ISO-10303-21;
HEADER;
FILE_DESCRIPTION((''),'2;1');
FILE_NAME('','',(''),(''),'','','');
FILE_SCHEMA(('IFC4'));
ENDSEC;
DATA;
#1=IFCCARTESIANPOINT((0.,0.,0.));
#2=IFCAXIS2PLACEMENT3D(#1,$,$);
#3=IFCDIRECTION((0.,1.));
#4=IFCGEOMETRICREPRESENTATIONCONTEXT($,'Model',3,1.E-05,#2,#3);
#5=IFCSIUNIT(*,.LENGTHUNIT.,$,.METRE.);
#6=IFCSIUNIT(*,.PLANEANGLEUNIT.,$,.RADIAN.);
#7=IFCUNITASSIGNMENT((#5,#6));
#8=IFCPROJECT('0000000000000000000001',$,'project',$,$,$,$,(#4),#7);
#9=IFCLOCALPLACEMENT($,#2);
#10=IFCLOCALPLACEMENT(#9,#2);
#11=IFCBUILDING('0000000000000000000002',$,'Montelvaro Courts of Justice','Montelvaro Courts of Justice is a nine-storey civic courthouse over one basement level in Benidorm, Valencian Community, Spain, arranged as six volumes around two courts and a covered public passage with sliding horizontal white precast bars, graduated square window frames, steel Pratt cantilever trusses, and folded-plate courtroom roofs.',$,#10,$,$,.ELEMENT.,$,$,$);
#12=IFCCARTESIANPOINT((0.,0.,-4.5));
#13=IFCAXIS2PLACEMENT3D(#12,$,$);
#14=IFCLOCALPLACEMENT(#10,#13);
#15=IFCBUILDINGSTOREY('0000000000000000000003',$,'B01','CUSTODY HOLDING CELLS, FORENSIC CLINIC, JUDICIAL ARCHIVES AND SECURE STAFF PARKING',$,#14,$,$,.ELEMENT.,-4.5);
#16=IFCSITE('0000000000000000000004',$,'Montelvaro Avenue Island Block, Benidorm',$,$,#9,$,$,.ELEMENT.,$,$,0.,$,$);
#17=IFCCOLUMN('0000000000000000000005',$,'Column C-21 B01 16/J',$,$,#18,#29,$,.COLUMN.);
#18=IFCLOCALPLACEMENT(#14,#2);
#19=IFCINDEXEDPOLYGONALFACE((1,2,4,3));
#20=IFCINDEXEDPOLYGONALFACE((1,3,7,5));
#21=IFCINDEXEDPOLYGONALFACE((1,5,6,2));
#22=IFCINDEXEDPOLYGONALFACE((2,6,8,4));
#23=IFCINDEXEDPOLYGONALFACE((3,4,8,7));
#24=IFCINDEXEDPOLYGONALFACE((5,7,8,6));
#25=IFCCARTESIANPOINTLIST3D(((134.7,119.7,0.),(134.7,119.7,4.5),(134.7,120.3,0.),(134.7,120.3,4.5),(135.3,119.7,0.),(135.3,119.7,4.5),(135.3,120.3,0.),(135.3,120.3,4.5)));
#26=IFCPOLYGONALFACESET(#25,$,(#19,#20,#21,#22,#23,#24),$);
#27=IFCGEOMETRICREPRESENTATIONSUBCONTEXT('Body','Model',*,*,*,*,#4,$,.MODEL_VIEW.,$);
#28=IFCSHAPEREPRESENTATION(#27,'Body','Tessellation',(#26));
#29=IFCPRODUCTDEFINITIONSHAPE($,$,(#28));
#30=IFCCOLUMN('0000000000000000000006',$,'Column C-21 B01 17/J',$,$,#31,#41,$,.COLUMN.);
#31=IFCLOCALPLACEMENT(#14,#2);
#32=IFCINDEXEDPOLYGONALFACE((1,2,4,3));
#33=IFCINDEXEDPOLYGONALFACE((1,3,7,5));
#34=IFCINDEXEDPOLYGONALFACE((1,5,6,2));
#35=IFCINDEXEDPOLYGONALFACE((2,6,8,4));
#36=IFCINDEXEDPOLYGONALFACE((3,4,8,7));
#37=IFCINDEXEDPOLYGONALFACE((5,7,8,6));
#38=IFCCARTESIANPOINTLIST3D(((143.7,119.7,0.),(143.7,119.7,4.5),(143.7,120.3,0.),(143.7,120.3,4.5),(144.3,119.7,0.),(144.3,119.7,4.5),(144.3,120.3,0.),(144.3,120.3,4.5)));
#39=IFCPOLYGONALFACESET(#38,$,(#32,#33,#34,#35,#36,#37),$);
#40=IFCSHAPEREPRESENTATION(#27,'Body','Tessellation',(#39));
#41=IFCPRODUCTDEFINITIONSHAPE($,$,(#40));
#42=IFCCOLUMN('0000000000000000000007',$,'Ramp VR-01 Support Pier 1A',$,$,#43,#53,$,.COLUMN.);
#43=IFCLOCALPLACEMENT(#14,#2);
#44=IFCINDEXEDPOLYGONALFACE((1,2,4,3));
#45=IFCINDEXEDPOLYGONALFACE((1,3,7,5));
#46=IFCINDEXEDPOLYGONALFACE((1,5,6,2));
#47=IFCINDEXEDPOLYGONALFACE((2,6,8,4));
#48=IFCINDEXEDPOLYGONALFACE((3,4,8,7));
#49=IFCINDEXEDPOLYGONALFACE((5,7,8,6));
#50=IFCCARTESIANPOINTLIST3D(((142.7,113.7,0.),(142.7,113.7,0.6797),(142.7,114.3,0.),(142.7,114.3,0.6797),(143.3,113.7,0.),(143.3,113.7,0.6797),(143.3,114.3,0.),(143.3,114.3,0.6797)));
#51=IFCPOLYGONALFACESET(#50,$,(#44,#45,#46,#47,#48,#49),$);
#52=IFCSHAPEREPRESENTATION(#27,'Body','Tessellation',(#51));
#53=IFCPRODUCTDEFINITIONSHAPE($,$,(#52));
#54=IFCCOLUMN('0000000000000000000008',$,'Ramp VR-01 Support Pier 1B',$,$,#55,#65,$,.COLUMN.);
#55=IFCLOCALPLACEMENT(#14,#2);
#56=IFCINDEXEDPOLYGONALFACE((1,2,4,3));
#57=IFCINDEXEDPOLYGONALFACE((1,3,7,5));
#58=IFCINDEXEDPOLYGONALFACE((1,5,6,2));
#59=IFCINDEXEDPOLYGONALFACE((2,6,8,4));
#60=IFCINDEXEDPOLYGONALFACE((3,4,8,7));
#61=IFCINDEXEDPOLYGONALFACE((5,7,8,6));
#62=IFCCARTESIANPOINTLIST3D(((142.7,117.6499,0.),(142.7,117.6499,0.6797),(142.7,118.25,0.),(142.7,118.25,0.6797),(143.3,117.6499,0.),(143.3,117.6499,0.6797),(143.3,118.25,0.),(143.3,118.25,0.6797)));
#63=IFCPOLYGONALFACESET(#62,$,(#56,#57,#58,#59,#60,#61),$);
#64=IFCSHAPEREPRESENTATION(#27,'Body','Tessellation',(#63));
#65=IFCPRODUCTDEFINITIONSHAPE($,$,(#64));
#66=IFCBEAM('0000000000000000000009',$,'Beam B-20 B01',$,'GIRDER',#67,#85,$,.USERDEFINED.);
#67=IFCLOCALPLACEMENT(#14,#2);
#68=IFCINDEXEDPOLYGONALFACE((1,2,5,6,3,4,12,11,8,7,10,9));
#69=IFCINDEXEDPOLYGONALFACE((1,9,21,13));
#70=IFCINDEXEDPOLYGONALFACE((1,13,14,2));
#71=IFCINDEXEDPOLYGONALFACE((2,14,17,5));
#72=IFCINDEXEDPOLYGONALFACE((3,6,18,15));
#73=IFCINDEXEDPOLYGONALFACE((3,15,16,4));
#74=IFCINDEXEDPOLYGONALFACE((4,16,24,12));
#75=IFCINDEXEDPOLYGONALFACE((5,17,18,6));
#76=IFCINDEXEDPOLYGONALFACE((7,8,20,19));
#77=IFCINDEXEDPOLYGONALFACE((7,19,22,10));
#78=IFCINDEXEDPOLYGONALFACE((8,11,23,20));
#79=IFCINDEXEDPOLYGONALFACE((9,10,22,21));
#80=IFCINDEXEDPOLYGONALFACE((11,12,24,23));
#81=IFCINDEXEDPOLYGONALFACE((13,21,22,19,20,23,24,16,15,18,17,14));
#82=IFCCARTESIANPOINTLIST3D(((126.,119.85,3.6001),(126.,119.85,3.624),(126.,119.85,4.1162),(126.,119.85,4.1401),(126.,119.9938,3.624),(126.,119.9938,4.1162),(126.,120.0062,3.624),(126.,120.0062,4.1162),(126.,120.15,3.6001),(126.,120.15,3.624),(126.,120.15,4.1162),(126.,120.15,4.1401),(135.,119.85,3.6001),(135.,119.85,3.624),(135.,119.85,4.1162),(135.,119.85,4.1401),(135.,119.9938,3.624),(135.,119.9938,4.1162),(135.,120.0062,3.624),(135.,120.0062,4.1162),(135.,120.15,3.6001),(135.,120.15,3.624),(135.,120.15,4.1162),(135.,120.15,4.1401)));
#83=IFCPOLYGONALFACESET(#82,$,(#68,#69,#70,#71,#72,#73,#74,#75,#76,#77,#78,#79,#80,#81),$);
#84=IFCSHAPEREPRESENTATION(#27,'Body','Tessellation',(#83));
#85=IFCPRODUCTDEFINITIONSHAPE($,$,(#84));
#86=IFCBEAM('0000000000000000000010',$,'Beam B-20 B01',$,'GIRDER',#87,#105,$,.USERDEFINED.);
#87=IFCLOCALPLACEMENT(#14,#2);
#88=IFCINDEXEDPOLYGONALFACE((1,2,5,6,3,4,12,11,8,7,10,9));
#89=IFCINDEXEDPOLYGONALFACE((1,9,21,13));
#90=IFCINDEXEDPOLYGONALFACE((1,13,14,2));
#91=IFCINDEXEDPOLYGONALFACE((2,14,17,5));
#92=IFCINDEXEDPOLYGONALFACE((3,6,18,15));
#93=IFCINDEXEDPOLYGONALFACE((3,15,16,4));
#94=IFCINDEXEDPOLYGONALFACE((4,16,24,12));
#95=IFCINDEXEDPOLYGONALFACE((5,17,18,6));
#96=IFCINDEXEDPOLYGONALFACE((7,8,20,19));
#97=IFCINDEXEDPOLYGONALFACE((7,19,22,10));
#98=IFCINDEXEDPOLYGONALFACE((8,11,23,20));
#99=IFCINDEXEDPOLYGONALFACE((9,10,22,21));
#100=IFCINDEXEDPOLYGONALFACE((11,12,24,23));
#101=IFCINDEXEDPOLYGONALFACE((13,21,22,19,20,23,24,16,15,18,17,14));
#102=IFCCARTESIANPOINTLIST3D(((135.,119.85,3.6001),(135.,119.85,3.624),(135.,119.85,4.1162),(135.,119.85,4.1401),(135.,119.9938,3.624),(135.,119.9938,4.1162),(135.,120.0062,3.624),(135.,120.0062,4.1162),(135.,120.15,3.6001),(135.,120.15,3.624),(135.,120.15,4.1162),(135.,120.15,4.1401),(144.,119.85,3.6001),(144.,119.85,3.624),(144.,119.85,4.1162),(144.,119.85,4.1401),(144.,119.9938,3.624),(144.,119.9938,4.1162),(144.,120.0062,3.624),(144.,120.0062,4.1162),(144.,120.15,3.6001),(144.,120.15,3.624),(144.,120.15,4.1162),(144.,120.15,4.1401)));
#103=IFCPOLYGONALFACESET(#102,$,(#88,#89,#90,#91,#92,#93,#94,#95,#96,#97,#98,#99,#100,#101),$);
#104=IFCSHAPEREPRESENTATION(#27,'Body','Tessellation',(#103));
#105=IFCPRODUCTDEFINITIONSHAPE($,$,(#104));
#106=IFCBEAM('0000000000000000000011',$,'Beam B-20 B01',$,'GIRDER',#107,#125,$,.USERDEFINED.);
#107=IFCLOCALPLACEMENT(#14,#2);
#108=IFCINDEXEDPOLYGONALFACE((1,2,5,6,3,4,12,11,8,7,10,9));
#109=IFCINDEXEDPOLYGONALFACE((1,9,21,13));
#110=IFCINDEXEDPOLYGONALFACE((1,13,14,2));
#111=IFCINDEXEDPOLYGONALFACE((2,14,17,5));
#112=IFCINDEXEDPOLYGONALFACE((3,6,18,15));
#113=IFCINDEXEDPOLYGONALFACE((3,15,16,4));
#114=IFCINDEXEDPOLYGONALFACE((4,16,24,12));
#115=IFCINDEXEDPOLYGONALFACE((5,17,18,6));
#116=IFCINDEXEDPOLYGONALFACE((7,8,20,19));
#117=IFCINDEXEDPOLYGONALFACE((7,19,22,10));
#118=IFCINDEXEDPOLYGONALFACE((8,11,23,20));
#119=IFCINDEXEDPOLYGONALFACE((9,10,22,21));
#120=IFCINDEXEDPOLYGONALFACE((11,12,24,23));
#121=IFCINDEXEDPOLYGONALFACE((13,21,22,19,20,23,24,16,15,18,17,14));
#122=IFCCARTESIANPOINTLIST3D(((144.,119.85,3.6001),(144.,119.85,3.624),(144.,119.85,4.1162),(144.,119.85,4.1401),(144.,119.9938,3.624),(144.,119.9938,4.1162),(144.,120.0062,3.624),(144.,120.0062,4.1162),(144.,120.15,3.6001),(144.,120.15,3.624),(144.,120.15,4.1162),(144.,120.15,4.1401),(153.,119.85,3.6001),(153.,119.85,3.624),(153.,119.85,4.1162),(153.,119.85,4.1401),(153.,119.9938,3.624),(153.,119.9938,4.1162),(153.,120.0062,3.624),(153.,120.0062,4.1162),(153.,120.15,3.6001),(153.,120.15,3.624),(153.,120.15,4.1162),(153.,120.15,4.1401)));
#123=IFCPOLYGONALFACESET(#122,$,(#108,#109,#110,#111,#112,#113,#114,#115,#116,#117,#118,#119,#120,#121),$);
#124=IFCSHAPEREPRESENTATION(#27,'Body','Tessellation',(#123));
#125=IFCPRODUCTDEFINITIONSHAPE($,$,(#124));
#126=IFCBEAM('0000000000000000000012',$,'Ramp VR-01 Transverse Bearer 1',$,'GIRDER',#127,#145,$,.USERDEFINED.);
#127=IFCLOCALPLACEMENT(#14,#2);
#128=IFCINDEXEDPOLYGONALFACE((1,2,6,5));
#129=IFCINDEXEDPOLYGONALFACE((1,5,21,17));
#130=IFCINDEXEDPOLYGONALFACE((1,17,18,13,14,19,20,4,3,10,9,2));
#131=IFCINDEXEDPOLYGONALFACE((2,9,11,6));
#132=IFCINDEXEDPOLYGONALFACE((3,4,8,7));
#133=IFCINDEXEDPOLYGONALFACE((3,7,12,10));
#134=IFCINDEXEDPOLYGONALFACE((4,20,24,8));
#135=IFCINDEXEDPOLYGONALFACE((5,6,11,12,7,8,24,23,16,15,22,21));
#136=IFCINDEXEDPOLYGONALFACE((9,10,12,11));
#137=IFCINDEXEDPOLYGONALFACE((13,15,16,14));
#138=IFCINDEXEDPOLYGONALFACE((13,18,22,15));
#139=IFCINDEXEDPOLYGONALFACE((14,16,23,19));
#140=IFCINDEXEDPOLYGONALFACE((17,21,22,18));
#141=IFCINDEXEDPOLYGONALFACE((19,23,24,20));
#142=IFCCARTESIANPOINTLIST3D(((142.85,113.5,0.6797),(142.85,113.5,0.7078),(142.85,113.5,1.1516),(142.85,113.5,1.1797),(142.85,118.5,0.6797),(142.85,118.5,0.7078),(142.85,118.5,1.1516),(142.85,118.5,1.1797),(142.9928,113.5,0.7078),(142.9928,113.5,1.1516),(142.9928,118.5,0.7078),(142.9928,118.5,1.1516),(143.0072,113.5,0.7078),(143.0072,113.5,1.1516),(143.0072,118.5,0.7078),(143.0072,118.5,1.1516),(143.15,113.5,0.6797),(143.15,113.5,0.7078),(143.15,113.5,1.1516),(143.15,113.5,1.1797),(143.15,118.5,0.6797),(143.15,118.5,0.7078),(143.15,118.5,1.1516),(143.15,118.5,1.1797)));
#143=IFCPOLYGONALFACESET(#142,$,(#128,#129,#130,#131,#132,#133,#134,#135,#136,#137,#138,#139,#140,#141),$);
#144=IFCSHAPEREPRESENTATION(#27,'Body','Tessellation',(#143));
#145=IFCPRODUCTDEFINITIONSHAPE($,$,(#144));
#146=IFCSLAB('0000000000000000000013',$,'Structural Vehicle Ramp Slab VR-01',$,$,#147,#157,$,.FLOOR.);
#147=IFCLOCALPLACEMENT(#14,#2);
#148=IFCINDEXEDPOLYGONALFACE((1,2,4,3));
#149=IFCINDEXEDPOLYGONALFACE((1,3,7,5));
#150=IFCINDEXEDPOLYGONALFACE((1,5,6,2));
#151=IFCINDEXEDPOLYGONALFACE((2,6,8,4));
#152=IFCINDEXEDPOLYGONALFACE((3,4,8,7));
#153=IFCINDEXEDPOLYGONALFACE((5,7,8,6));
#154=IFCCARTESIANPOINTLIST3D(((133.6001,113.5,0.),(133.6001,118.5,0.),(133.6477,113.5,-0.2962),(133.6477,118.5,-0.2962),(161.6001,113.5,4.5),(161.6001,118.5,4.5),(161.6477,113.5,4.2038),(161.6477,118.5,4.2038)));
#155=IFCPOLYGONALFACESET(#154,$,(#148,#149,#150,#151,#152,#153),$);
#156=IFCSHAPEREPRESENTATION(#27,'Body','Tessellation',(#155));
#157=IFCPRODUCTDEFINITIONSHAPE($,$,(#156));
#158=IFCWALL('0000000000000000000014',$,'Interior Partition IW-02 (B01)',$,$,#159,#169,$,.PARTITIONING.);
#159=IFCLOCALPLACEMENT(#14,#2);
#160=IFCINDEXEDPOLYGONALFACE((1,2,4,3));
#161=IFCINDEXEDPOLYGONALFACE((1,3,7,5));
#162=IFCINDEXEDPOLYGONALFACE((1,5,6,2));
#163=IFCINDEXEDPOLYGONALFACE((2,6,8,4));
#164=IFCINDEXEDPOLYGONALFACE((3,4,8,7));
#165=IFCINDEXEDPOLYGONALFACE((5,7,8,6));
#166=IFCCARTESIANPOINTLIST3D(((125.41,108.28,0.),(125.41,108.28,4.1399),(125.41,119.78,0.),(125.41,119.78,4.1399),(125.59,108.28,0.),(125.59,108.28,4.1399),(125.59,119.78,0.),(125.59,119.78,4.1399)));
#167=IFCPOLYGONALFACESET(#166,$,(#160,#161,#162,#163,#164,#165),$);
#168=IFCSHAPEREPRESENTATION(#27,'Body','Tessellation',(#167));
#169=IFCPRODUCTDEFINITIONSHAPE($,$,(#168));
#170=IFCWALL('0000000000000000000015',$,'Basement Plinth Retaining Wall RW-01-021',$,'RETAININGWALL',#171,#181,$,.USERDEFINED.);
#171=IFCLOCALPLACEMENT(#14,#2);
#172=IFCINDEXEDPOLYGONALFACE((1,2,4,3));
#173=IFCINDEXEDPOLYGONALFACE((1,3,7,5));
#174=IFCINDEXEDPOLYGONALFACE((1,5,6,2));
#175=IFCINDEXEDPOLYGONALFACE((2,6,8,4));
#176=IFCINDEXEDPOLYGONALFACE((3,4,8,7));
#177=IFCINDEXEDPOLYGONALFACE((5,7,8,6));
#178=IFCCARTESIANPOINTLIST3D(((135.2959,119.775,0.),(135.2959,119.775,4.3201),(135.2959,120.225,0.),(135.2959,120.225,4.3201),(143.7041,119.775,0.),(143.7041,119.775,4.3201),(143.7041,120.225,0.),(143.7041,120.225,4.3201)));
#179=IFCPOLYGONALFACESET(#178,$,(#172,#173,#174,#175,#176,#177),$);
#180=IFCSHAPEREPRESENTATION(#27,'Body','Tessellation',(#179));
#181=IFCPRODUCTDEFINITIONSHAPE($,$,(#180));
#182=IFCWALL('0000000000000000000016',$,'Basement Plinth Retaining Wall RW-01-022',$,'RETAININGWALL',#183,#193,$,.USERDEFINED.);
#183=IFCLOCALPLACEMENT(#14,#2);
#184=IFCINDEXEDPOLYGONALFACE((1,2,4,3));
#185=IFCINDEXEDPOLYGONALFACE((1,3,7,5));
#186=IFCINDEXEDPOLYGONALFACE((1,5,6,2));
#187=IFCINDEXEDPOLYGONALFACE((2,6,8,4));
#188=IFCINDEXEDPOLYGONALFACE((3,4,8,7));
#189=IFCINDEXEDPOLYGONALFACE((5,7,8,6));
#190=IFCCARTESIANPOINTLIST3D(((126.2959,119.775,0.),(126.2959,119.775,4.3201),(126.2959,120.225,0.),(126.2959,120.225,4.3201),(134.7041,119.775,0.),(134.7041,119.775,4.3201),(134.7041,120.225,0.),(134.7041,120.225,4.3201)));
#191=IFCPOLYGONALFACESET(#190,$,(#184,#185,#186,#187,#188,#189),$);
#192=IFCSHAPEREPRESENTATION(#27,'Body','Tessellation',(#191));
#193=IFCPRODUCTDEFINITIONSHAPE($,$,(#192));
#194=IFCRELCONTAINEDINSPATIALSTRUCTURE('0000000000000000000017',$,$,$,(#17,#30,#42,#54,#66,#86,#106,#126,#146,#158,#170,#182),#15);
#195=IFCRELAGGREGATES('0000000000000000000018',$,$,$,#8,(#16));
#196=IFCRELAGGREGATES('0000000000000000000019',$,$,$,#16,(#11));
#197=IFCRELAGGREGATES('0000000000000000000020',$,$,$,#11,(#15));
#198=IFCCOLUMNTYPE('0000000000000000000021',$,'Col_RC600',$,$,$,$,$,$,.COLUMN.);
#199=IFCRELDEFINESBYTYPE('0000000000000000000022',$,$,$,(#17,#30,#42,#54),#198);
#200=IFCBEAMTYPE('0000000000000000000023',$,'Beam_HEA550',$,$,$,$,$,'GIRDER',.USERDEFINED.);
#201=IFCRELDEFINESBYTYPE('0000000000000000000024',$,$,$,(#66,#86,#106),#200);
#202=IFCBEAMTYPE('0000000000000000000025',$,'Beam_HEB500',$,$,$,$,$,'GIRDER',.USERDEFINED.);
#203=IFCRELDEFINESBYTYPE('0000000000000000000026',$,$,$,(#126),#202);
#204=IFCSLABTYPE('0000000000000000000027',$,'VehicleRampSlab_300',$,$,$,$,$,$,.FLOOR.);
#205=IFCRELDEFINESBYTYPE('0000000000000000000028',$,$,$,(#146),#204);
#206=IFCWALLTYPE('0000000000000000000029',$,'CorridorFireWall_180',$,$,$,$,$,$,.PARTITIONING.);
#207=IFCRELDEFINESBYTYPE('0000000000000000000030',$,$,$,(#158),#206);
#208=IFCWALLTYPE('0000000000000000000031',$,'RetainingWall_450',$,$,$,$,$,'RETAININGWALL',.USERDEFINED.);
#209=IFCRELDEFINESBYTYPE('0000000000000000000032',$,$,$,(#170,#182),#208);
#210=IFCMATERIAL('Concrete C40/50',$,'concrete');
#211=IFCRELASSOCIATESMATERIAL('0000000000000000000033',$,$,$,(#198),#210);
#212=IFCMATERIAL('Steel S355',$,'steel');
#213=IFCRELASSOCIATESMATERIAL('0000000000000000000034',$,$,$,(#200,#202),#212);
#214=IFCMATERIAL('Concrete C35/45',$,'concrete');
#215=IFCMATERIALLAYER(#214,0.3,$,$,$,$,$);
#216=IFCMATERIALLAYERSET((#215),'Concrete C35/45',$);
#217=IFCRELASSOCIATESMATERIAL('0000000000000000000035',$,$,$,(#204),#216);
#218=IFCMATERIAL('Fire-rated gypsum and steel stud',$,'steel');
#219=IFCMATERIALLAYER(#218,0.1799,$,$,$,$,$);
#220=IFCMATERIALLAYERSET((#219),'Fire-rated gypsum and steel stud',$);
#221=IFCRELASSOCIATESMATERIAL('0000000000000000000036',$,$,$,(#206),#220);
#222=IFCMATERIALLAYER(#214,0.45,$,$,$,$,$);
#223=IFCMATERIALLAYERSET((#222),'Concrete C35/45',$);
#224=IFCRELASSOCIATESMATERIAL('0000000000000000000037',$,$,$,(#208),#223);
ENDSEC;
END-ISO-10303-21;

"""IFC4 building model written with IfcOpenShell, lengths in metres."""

from ifc_helpers import new_model, si_unit, direction, frame, frame_2d, origin, origin_2d, place, context, subcontext, project, spatial, polyline, rectangle, i_section, outline, extrude, material, layer, layer_set, material_profile, profile_set, type_object, element, save


model = new_model("IFC4")

# Units and contexts
model_context = context("Model", 3, precision=1e-05, world=origin(), true_north=direction((0.0, 1.0)))
body_context = subcontext(model_context, "Body", "Model", "MODEL_VIEW")
ifc_project = project(units=[si_unit("LENGTHUNIT", "METRE"), si_unit("PLANEANGLEUNIT", "RADIAN")], contexts=[model_context])

# Site, building, storey
site_placement = place(None, origin())
site = spatial("IfcSite", under=ifc_project, at=site_placement, Name="Montelvaro Avenue Island Block, Benidorm", CompositionType="ELEMENT", RefElevation=0.0)
building_placement = place(site_placement, origin())
building = spatial("IfcBuilding", under=site, at=building_placement, Name="Montelvaro Courts of Justice", Description="Montelvaro Courts of Justice is a nine-storey civic courthouse over one basement level in Benidorm, Valencian Community, Spain, arranged as six volumes around two courts and a covered public passage with sliding horizontal white precast bars, graduated square window frames, steel Pratt cantilever trusses, and folded-plate courtroom roofs.", CompositionType="ELEMENT")
storey_placement = place(building_placement, frame((0.0, 0.0, -4.5)))
storey = spatial("IfcBuildingStorey", under=building, at=storey_placement, Name="B01", Description="CUSTODY HOLDING CELLS, FORENSIC CLINIC, JUDICIAL ARCHIVES AND SECURE STAFF PARKING", CompositionType="ELEMENT", Elevation=-4.5)

# Shared definitions
ifc_material_1 = material(Name="Concrete C35/45", Category="concrete")

# Columns
ifc_material_2 = material(Name="Concrete C40/50", Category="concrete")
ifc_material_profile_1 = material_profile(ifc_material_2, rectangle(XDim=0.6001, YDim=0.6001, at=origin_2d()), Name="RC 600x600")
ifc_profile_set_1 = profile_set([ifc_material_profile_1], Name="Concrete C40/50")
column_type = type_object("IfcColumnType", Name="Col_RC600", PredefinedType="COLUMN", material=ifc_profile_set_1)
for number, where, z_axis, x_axis, name in (
    (1, (135.0, 120.0, 0.0), (0.0, 0.0, 1.0), (1.0, 0.0, 0.0), "Column C-21 B01 16/J"),
    (2, (144.0, 120.0, 0.0), (0.0, 0.0, 1.0), (1.0, 0.0, 0.0), "Column C-21 B01 17/J"),
):
    element("IfcColumn", number, at=place(storey_placement, frame(where, z_axis=z_axis, x_axis=x_axis)), inside=storey, type_object=column_type, Name=name, PredefinedType="COLUMN", context=body_context, shape_type="SweptSolid", body=[
        extrude(rectangle(XDim=0.6001, YDim=0.6001, at=origin_2d()), origin(), (0.0, 0.0, 1.0), 4.5),
    ])
for number, where, z_axis, x_axis, name in (
    (3, (143.0, 114.0, 0.0), (0.0, 0.0, 1.0), (1.0, 0.0, 0.0), "Ramp VR-01 Support Pier 1A"),
    (4, (143.0, 117.95, 0.0), (0.0, 0.0, 1.0), (1.0, 0.0, 0.0), "Ramp VR-01 Support Pier 1B"),
):
    element("IfcColumn", number, at=place(storey_placement, frame(where, z_axis=z_axis, x_axis=x_axis)), inside=storey, type_object=column_type, Name=name, PredefinedType="COLUMN", context=body_context, shape_type="SweptSolid", body=[
        extrude(rectangle(XDim=0.6001, YDim=0.6001, at=origin_2d()), origin(), (0.0, 0.0, 1.0), 0.6797),
    ])

# Beams
ifc_material_3 = material(Name="Steel S355", Category="steel")
ifc_material_profile_2 = material_profile(ifc_material_3, i_section(OverallWidth=0.3, OverallDepth=0.54, WebThickness=0.0125, FlangeThickness=0.0239, at=origin_2d()), Name="HEA 550")
ifc_profile_set_2 = profile_set([ifc_material_profile_2], Name="Steel S355")
beam_type_1 = type_object("IfcBeamType", Name="Beam_HEA550", ElementType="GIRDER", PredefinedType="USERDEFINED", material=ifc_profile_set_2)
for number, where, z_axis, x_axis, name in (
    (5, (126.0, 120.0, 3.8701), (1.0, 0.0, 0.0), (0.0, 1.0, 0.0), "Beam B-20 B01"),
    (6, (135.0, 120.0, 3.8701), (1.0, 0.0, 0.0), (0.0, 1.0, 0.0), "Beam B-20 B01"),
    (7, (144.0, 120.0, 3.8701), (1.0, 0.0, 0.0), (0.0, 1.0, 0.0), "Beam B-20 B01"),
):
    element("IfcBeam", number, at=place(storey_placement, frame(where, z_axis=z_axis, x_axis=x_axis)), inside=storey, type_object=beam_type_1, Name=name, ObjectType="GIRDER", PredefinedType="USERDEFINED", context=body_context, shape_type="SweptSolid", body=[
        extrude(i_section(OverallWidth=0.3, OverallDepth=0.54, WebThickness=0.0125, FlangeThickness=0.0239, at=origin_2d()), origin(), (0.0, 0.0, 1.0), 9.0),
    ])
ifc_material_profile_3 = material_profile(ifc_material_3, i_section(OverallWidth=0.3, OverallDepth=0.5, WebThickness=0.0144, FlangeThickness=0.0281, at=origin_2d()), Name="HEB 500")
ifc_profile_set_3 = profile_set([ifc_material_profile_3], Name="Steel S355")
beam_type_2 = type_object("IfcBeamType", Name="Beam_HEB500", ElementType="GIRDER", PredefinedType="USERDEFINED", material=ifc_profile_set_3)
beam_placement = place(storey_placement, frame((143.0, 113.5, 0.9297), z_axis=(0.0, 1.0, 0.0), x_axis=(-1.0, 0.0, 0.0)))
element("IfcBeam", 8, at=beam_placement, inside=storey, type_object=beam_type_2, Name="Ramp VR-01 Transverse Bearer 1", ObjectType="GIRDER", PredefinedType="USERDEFINED", context=body_context, shape_type="SweptSolid", body=[
    extrude(i_section(OverallWidth=0.3, OverallDepth=0.5, WebThickness=0.0144, FlangeThickness=0.0281, at=origin_2d()), origin(), (0.0, 0.0, 1.0), 5.0),
])

# Slab
ifc_layer_1 = layer(ifc_material_1, 0.3)
ifc_layer_set_1 = layer_set([ifc_layer_1], Name="Concrete C35/45")
slab_type = type_object("IfcSlabType", Name="VehicleRampSlab_300", PredefinedType="FLOOR", material=ifc_layer_set_1)
slab_placement = place(storey_placement, frame((133.6001, 113.5, 0.0), z_axis=(-0.158678, 0.0, 0.98733), x_axis=(0.98733, 0.0, 0.158678)))
element("IfcSlab", 9, at=slab_placement, inside=storey, type_object=slab_type, Name="Structural Vehicle Ramp Slab VR-01", PredefinedType="FLOOR", context=body_context, shape_type="SweptSolid", body=[
    extrude(outline(polyline([(0.0, 0.0), (28.3593, 0.0), (28.3593, 5.0), (0.0, 5.0), (0.0, 0.0)])), origin(), (0.0, 0.0, -1.0), 0.3),
])

# Walls
ifc_material_4 = material(Name="Fire-rated gypsum and steel stud", Category="steel")
ifc_layer_2 = layer(ifc_material_4, 0.1799)
ifc_layer_set_2 = layer_set([ifc_layer_2], Name="Fire-rated gypsum and steel stud")
wall_type_1 = type_object("IfcWallType", Name="CorridorFireWall_180", PredefinedType="PARTITIONING", material=ifc_layer_set_2)
wall_1_placement = place(storey_placement, frame((125.5, 119.78, 0.0), z_axis=(0.0, 0.0, 1.0), x_axis=(0.0, -1.0, 0.0)))
element("IfcWall", 10, at=wall_1_placement, inside=storey, type_object=wall_type_1, Name="Interior Partition IW-02 (B01)", PredefinedType="PARTITIONING", context=body_context, shape_type="SweptSolid", body=[
    extrude(rectangle(XDim=11.5, YDim=0.1799, at=frame_2d((5.75, 0.0))), origin(), (0.0, 0.0, 1.0), 4.1399),
])
ifc_layer_3 = layer(ifc_material_1, 0.45)
ifc_layer_set_3 = layer_set([ifc_layer_3], Name="Concrete C35/45")
wall_type_2 = type_object("IfcWallType", Name="RetainingWall_450", ElementType="RETAININGWALL", PredefinedType="USERDEFINED", material=ifc_layer_set_3)
for number, where, z_axis, x_axis, name in (
    (11, (143.7041, 120.0, 0.0), (0.0, 0.0, 1.0), (-1.0, 0.0, 0.0), "Basement Plinth Retaining Wall RW-01-021"),
    (12, (134.7041, 120.0, 0.0), (0.0, 0.0, 1.0), (-1.0, 0.0, 0.0), "Basement Plinth Retaining Wall RW-01-022"),
):
    element("IfcWall", number, at=place(storey_placement, frame(where, z_axis=z_axis, x_axis=x_axis)), inside=storey, type_object=wall_type_2, Name=name, ObjectType="RETAININGWALL", PredefinedType="USERDEFINED", context=body_context, shape_type="SweptSolid", body=[
        extrude(rectangle(XDim=8.4082, YDim=0.45, at=frame_2d((4.2041, 0.0))), origin(), (0.0, 0.0, 1.0), 4.3201),
    ])

save(model, "model.ifc")
